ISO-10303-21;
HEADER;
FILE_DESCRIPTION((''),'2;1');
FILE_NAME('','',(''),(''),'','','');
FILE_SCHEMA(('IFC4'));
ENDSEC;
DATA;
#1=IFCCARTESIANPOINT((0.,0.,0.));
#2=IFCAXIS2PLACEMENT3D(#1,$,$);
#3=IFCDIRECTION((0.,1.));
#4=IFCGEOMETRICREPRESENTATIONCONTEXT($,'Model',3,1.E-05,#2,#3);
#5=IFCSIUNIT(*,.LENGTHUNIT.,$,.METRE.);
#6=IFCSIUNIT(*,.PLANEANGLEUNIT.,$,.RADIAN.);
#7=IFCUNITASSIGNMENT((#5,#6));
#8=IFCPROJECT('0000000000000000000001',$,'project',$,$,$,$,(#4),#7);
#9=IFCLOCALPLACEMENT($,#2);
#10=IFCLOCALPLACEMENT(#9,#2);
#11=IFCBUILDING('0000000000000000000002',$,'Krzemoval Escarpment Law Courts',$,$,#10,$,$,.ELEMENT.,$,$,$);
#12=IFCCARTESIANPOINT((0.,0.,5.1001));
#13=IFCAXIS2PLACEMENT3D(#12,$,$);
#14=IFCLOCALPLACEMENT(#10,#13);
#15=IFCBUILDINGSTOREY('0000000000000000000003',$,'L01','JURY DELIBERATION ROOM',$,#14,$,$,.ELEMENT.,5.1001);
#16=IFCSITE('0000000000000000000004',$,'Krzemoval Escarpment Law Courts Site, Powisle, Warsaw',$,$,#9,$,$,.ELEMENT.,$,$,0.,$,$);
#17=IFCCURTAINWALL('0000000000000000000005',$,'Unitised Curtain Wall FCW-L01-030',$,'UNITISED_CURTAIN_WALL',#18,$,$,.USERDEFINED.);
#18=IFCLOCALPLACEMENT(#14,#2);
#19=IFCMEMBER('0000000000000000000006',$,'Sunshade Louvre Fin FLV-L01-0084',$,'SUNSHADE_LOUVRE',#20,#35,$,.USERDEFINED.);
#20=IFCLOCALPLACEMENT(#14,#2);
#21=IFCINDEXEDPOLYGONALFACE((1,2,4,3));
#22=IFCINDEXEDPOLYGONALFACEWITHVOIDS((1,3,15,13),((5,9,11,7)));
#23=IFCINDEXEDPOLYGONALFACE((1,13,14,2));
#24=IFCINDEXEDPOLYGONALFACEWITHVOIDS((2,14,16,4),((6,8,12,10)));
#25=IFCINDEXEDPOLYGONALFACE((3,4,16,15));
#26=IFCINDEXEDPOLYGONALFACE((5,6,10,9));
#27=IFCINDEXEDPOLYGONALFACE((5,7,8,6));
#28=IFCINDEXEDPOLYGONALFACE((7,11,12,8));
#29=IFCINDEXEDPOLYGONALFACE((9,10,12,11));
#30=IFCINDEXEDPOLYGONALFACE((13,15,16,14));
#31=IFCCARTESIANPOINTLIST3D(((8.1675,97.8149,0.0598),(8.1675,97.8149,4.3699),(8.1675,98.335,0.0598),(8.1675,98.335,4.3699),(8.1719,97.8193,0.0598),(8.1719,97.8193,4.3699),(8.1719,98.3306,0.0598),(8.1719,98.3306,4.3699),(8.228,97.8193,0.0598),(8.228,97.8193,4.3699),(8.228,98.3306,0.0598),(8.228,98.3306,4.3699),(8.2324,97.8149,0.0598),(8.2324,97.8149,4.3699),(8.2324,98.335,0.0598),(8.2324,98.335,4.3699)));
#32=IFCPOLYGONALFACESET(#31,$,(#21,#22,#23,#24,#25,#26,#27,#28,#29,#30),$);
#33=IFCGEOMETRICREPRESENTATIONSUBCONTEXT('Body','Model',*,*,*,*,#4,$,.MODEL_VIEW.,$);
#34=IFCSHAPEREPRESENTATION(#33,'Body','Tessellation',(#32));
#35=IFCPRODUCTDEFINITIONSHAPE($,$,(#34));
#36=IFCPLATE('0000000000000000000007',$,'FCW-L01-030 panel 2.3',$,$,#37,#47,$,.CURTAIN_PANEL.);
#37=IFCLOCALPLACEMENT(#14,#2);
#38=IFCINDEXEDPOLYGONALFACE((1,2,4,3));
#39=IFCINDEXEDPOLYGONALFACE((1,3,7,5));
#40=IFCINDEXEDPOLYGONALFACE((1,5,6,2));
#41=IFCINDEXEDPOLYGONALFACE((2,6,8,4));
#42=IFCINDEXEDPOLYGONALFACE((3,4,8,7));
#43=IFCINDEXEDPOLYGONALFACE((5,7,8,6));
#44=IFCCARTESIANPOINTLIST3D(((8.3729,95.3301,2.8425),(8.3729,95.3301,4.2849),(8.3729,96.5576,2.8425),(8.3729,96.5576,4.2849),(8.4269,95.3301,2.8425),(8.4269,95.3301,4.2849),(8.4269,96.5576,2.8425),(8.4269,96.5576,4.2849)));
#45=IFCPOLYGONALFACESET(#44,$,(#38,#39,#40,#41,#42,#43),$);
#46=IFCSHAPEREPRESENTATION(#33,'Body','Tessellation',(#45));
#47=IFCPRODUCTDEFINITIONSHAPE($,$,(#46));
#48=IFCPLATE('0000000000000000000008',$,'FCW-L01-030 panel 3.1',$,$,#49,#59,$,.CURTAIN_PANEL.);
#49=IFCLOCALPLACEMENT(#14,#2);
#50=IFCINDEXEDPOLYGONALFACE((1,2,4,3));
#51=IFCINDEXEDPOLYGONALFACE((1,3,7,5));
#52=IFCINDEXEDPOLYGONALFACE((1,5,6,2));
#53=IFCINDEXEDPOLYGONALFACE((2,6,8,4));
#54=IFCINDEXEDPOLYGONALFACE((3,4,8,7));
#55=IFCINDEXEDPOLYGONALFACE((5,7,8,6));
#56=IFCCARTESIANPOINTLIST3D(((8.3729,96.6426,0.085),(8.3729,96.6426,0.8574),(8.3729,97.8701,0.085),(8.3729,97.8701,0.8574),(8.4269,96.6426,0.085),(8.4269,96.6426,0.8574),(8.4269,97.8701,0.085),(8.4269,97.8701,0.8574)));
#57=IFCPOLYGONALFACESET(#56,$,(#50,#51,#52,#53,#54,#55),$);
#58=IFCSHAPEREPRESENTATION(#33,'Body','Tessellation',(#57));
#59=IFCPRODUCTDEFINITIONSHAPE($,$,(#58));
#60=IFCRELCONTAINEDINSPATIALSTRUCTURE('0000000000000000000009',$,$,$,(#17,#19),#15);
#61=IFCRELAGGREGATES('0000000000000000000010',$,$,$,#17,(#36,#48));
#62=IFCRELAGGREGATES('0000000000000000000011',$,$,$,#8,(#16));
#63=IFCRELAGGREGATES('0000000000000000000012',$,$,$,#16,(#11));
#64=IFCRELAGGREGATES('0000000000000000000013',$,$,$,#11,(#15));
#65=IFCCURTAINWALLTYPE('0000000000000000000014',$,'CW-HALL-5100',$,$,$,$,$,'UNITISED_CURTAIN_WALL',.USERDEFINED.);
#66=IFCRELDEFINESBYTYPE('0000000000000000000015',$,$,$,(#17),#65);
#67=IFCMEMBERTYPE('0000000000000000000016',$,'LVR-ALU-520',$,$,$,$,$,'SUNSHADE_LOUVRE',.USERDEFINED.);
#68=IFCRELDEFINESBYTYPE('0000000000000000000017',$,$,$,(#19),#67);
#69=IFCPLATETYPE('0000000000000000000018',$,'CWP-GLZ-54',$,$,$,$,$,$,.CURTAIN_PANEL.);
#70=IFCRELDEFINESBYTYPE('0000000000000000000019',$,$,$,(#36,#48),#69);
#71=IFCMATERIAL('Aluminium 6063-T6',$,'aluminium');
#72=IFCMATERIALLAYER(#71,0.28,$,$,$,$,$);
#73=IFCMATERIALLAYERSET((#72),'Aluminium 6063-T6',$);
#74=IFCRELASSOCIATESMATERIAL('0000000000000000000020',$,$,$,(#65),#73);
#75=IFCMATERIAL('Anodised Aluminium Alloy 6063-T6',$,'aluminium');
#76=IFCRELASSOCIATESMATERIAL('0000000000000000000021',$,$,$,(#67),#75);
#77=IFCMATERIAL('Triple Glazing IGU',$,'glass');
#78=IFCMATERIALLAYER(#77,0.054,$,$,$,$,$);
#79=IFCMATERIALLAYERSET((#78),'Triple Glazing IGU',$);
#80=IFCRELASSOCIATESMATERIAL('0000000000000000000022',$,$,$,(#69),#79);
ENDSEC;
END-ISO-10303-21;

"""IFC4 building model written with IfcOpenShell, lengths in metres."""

from ifc_helpers import new_model, si_unit, direction, frame, origin, origin_2d, place, context, subcontext, project, spatial, rectangle, hollow_rectangle, extrude, material, layer, layer_set, material_profile, profile_set, type_object, element, aggregate, save


model = new_model("IFC4")

# Units and contexts
model_context = context("Model", 3, precision=1e-05, world=origin(), true_north=direction((0.0, 1.0)))
body_context = subcontext(model_context, "Body", "Model", "MODEL_VIEW")
ifc_project = project(units=[si_unit("LENGTHUNIT", "METRE"), si_unit("PLANEANGLEUNIT", "RADIAN")], contexts=[model_context])

# Site, building, storey
site_placement = place(None, origin())
site = spatial("IfcSite", under=ifc_project, at=site_placement, Name="Krzemoval Escarpment Law Courts Site, Powisle, Warsaw", CompositionType="ELEMENT", RefElevation=0.0)
building_placement = place(site_placement, origin())
building = spatial("IfcBuilding", under=site, at=building_placement, Name="Krzemoval Escarpment Law Courts", CompositionType="ELEMENT")
storey_placement = place(building_placement, frame((0.0, 0.0, 5.1001)))
storey = spatial("IfcBuildingStorey", under=building, at=storey_placement, Name="L01", Description="JURY DELIBERATION ROOM", CompositionType="ELEMENT", Elevation=5.1001)

# Curtain wall
ifc_material_1 = material(Name="Aluminium 6063-T6", Category="aluminium")
ifc_layer_1 = layer(ifc_material_1, 0.28)
ifc_layer_set_1 = layer_set([ifc_layer_1], Name="Aluminium 6063-T6")
curtain_wall_type = type_object("IfcCurtainWallType", Name="CW-HALL-5100", ElementType="UNITISED_CURTAIN_WALL", PredefinedType="USERDEFINED", material=ifc_layer_set_1)
curtain_wall_placement = place(storey_placement, origin())
curtain_wall = element("IfcCurtainWall", 1, at=curtain_wall_placement, inside=storey, type_object=curtain_wall_type, Name="Unitised Curtain Wall FCW-L01-030", ObjectType="UNITISED_CURTAIN_WALL", PredefinedType="USERDEFINED")

# Member
ifc_material_2 = material(Name="Anodised Aluminium Alloy 6063-T6", Category="aluminium")
ifc_material_profile_1 = material_profile(ifc_material_2, hollow_rectangle(XDim=0.0649, YDim=0.52, WallThickness=0.0044, at=origin_2d()), Name="ALU LVR 65x520")
ifc_profile_set_1 = profile_set([ifc_material_profile_1], Name="Anodised Aluminium Alloy 6063-T6")
member_type_1 = type_object("IfcMemberType", Name="LVR-ALU-520", ElementType="SUNSHADE_LOUVRE", PredefinedType="USERDEFINED", material=ifc_profile_set_1)
for number, where, z_axis, x_axis, name in (
    (2, (8.2, 98.075, 0.0598), (0.0, 0.0, 1.0), (1.0, 0.0, 0.0), "Sunshade Louvre Fin FLV-L01-0084"),
):
    element("IfcMember", number, at=place(storey_placement, frame(where, z_axis=z_axis, x_axis=x_axis)), inside=storey, type_object=member_type_1, Name=name, ObjectType="SUNSHADE_LOUVRE", PredefinedType="USERDEFINED", context=body_context, shape_type="SweptSolid", body=[
        extrude(hollow_rectangle(XDim=0.0649, YDim=0.52, WallThickness=0.0044, at=origin_2d()), origin(), (0.0, 0.0, 1.0), 4.3101),
    ])

# Plates
ifc_material_3 = material(Name="Triple Glazing IGU", Category="glass")
ifc_layer_2 = layer(ifc_material_3, 0.054)
ifc_layer_set_2 = layer_set([ifc_layer_2], Name="Triple Glazing IGU")
plate_type = type_object("IfcPlateType", Name="CWP-GLZ-54", PredefinedType="CURTAIN_PANEL", material=ifc_layer_set_2)
plate_1_placement = place(storey_placement, frame((8.3999, 95.9438, 2.8425), z_axis=(0.0, 0.0, 1.0), x_axis=(0.0, 1.0, 0.0)))
plate_1 = element("IfcPlate", 3, at=plate_1_placement, type_object=plate_type, Name="FCW-L01-030 panel 2.3", PredefinedType="CURTAIN_PANEL", context=body_context, shape_type="SweptSolid", body=[
    extrude(rectangle(XDim=1.2275, YDim=0.054, at=origin_2d()), origin(), (0.0, 0.0, 1.0), 1.4424),
])
plate_2_placement = place(storey_placement, frame((8.3999, 97.2563, 0.085), z_axis=(0.0, 0.0, 1.0), x_axis=(0.0, 1.0, 0.0)))
plate_2 = element("IfcPlate", 4, at=plate_2_placement, type_object=plate_type, Name="FCW-L01-030 panel 3.1", PredefinedType="CURTAIN_PANEL", context=body_context, shape_type="SweptSolid", body=[
    extrude(rectangle(XDim=1.2275, YDim=0.054, at=origin_2d()), origin(), (0.0, 0.0, 1.0), 0.7725),
])
aggregate(curtain_wall, [plate_1, plate_2])

save(model, "model.ifc")
